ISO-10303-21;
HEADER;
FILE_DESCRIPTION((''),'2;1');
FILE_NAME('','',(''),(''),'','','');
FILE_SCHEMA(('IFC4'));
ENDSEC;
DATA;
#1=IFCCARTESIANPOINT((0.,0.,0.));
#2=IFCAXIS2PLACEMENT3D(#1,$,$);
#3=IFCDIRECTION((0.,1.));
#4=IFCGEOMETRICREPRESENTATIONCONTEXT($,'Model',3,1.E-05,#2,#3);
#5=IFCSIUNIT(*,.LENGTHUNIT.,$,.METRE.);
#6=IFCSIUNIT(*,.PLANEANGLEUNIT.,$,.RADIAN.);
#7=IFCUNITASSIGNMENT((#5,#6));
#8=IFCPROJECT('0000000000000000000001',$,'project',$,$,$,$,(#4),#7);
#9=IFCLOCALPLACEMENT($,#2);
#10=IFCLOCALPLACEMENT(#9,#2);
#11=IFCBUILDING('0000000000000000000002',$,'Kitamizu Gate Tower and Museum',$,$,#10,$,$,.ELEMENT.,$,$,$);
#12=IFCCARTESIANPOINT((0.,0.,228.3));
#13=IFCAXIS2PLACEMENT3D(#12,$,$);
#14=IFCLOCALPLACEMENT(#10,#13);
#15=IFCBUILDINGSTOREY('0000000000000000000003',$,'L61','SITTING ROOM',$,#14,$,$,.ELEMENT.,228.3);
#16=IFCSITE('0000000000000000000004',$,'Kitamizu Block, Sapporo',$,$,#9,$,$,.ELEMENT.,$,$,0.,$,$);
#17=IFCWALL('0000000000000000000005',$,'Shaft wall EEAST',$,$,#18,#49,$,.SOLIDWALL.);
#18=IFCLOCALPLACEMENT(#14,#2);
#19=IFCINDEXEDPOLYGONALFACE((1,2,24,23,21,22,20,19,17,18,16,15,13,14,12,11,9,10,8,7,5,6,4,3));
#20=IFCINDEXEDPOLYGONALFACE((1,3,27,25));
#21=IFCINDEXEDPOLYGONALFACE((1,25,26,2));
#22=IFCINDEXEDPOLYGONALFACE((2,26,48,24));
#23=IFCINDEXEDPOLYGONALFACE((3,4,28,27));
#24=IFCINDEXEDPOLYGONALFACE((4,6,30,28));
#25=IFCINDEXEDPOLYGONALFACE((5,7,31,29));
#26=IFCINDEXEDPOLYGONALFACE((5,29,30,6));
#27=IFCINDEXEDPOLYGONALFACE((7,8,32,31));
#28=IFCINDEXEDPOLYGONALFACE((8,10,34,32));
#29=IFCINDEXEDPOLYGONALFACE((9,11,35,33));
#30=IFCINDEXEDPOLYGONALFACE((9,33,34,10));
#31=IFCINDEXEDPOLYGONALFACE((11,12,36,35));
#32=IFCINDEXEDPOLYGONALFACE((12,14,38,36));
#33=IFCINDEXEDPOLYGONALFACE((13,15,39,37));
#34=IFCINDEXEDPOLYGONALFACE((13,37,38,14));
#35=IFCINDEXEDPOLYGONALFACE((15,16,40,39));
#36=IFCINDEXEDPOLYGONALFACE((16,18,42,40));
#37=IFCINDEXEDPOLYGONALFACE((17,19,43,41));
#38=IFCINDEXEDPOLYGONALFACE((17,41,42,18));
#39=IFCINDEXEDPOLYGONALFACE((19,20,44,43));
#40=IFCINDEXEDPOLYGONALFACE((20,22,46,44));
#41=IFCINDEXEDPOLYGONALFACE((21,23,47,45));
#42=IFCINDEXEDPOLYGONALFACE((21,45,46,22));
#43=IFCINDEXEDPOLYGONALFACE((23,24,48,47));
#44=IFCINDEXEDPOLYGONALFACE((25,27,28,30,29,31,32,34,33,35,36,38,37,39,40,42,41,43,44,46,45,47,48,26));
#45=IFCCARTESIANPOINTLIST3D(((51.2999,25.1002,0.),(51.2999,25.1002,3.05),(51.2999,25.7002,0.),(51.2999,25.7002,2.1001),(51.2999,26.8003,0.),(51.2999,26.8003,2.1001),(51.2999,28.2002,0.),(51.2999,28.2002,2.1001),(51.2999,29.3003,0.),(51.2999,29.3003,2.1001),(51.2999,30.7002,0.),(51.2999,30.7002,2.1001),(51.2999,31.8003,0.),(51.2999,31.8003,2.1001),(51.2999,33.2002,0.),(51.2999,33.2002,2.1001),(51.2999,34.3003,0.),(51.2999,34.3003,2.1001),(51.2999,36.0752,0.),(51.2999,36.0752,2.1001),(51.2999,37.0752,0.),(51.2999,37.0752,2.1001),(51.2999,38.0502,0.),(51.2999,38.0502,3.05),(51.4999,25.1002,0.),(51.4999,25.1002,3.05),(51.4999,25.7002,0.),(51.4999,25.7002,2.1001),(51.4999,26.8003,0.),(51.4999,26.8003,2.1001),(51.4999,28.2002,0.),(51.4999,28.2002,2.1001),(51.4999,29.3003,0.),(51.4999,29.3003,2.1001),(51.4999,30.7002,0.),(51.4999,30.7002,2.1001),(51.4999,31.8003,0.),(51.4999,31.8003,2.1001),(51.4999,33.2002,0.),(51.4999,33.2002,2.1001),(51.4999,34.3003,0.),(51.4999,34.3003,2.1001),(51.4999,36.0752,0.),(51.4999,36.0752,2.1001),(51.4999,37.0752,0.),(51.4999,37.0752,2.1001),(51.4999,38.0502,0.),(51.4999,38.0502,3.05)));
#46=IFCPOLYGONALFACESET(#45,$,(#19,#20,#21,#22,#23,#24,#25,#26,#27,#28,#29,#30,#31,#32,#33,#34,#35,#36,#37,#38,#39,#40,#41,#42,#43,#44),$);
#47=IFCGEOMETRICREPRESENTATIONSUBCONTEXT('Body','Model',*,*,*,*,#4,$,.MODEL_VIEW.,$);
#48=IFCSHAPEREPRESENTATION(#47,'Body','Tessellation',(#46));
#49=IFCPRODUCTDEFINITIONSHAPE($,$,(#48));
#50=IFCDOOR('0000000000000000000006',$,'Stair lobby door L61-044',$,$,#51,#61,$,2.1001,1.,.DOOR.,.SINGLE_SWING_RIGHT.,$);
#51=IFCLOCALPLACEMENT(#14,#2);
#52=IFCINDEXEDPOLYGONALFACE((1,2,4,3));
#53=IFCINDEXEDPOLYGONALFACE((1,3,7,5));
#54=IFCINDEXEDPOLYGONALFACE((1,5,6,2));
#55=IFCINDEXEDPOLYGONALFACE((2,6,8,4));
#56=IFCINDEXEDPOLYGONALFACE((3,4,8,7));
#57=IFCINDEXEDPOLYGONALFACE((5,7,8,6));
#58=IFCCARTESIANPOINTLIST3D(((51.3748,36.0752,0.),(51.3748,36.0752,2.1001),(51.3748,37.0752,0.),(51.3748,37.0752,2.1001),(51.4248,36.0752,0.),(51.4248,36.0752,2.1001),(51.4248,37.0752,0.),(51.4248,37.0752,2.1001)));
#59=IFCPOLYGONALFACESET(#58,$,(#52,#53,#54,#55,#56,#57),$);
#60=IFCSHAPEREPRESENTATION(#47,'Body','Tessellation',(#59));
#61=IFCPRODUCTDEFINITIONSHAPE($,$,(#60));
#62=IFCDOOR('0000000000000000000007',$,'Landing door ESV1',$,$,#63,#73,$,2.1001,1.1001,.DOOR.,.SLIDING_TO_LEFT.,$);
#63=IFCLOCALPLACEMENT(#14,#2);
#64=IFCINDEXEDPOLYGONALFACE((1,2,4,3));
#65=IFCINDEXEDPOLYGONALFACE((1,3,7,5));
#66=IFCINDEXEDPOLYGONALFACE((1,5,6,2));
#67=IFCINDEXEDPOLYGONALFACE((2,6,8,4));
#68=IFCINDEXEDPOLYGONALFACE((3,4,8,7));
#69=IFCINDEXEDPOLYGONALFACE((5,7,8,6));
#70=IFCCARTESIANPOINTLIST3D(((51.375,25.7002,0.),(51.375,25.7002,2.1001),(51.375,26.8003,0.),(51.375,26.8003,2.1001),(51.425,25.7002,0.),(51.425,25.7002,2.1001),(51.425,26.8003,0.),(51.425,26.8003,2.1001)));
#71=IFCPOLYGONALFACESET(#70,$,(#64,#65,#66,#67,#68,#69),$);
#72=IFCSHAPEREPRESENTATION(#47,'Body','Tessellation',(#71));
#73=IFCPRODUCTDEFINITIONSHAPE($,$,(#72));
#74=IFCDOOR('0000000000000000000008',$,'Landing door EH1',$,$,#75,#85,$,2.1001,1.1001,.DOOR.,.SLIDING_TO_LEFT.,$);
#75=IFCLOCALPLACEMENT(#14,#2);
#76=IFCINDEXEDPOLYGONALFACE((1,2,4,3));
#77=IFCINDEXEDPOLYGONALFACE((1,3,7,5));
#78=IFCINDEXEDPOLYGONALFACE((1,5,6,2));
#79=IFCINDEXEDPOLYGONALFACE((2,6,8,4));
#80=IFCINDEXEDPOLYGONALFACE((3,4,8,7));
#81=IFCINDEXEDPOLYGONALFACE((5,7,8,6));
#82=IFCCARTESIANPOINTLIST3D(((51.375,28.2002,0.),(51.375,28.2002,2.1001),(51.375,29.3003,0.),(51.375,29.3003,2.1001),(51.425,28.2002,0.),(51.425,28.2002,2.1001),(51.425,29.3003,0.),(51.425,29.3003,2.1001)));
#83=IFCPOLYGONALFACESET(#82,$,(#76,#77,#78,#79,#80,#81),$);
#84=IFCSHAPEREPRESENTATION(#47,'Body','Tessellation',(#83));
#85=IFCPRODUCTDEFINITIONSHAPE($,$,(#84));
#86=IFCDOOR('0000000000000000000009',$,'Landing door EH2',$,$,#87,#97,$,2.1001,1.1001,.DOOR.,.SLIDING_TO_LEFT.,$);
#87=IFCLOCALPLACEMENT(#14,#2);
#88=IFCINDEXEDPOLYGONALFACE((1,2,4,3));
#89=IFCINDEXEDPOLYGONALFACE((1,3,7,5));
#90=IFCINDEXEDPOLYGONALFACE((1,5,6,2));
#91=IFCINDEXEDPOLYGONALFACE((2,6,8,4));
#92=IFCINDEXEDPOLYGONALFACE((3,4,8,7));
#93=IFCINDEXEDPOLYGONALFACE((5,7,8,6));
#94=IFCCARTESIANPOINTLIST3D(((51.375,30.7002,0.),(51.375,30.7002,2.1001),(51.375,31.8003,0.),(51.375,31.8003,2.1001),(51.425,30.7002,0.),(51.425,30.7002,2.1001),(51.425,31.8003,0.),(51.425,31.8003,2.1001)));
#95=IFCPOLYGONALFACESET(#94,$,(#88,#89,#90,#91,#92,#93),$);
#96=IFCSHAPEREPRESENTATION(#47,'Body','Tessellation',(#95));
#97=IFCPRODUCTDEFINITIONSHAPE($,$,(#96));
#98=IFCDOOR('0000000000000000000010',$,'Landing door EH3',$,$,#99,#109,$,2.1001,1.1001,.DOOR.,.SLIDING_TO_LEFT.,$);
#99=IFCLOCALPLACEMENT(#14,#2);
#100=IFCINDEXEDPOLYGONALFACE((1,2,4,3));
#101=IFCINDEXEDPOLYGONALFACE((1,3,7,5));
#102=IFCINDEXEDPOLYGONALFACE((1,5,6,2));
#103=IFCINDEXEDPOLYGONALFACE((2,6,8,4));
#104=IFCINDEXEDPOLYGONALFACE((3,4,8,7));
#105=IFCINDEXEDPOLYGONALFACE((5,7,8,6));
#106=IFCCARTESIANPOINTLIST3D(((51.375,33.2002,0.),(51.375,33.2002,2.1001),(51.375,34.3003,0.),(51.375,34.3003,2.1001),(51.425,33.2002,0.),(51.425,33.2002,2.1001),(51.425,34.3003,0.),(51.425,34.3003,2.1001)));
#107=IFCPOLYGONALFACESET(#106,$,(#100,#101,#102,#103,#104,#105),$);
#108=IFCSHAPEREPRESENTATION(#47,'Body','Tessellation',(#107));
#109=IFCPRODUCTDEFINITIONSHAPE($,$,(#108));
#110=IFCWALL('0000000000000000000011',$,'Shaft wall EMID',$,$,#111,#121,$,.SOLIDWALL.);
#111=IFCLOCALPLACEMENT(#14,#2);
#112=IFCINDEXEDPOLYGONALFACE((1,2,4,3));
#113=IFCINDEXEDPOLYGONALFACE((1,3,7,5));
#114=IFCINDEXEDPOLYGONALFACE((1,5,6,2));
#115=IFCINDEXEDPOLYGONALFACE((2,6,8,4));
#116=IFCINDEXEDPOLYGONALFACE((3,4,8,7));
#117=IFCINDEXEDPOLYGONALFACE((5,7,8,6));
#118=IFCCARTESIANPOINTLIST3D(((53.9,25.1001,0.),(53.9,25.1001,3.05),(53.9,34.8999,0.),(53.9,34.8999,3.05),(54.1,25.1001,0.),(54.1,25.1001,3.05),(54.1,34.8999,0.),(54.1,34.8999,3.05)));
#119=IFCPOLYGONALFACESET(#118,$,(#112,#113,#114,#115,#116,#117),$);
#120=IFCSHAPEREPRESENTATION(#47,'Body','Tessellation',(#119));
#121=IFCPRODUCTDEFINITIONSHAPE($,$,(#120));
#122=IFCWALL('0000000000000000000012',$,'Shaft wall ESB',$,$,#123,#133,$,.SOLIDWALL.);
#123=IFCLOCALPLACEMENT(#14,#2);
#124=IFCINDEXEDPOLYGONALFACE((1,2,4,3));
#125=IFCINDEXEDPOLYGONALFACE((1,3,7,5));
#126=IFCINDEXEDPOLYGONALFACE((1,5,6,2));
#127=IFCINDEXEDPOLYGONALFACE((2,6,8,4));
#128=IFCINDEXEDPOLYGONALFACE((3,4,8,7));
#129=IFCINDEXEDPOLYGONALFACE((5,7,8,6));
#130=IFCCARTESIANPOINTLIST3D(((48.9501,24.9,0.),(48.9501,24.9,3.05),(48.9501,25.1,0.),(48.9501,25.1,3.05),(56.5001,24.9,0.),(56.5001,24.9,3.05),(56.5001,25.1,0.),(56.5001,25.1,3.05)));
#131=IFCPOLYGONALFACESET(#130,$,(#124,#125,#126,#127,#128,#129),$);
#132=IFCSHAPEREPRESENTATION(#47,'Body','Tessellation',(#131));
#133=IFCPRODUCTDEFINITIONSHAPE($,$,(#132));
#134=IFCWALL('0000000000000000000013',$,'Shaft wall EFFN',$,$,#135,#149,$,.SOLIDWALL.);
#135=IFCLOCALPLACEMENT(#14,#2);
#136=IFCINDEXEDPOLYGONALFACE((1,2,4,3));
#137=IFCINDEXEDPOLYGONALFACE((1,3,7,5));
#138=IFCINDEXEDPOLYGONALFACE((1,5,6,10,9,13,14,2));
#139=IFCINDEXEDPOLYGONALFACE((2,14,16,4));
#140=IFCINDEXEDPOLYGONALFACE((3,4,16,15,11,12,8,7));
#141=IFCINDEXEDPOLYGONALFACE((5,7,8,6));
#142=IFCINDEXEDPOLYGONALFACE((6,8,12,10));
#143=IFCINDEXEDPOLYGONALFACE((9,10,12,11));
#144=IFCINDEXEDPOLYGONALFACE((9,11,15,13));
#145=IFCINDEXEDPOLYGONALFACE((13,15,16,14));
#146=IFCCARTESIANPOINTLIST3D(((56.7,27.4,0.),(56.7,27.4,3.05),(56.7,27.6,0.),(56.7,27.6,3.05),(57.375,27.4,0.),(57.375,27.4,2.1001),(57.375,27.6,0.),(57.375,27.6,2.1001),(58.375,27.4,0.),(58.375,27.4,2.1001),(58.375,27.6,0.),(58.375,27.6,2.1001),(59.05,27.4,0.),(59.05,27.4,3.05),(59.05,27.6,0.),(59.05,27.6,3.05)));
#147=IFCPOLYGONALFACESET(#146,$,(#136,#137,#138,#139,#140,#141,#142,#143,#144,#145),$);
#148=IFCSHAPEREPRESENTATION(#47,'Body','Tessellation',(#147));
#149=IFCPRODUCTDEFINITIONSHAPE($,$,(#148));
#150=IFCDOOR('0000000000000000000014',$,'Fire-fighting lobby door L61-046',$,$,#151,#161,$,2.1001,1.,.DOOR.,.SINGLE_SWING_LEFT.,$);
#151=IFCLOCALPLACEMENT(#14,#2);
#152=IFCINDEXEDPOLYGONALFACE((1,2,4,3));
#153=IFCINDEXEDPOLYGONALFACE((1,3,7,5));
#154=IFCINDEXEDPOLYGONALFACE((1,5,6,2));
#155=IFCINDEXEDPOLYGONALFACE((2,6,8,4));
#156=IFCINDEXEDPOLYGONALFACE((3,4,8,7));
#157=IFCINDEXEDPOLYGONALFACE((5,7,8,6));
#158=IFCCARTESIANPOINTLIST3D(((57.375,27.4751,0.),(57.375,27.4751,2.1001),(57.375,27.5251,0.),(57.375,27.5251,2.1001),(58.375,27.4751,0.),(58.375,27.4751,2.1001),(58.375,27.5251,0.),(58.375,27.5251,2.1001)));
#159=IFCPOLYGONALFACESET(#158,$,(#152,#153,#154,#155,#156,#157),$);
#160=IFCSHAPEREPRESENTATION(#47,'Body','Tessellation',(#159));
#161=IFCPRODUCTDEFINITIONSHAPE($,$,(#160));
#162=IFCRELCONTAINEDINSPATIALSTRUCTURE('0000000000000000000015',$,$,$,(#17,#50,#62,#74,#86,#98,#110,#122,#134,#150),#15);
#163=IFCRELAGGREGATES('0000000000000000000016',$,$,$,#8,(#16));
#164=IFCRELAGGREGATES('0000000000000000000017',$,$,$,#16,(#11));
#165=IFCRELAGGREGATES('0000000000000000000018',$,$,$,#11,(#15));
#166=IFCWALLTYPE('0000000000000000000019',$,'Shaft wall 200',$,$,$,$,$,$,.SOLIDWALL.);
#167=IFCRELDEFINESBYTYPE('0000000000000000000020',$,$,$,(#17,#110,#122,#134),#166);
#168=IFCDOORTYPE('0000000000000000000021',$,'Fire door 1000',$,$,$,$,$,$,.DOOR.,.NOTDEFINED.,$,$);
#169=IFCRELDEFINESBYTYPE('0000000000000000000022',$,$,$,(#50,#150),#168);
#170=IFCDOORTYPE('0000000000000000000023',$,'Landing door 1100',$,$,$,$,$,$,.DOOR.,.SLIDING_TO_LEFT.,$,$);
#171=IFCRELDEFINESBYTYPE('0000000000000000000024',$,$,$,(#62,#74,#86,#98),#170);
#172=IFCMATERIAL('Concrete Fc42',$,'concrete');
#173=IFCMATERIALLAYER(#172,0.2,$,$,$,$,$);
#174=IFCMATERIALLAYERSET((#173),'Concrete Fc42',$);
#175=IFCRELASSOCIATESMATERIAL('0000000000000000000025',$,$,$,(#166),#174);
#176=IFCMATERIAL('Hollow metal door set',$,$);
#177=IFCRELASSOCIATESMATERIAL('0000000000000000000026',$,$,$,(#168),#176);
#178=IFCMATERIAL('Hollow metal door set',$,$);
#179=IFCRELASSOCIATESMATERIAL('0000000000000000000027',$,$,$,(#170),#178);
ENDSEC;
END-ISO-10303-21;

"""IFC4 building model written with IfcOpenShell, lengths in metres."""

from ifc_helpers import new_model, si_unit, direction, frame, frame_2d, origin, place, context, subcontext, project, spatial, rectangle, extrude, material, layer, layer_set, type_object, element, fill, save


model = new_model("IFC4")

# Units and contexts
model_context = context("Model", 3, precision=1e-05, world=origin(), true_north=direction((0.0, 1.0)))
body_context = subcontext(model_context, "Body", "Model", "MODEL_VIEW")
ifc_project = project(units=[si_unit("LENGTHUNIT", "METRE"), si_unit("PLANEANGLEUNIT", "RADIAN")], contexts=[model_context])

# Site, building, storey
site_placement = place(None, origin())
site = spatial("IfcSite", under=ifc_project, at=site_placement, Name="Kitamizu Block, Sapporo", CompositionType="ELEMENT", RefElevation=0.0)
building_placement = place(site_placement, origin())
building = spatial("IfcBuilding", under=site, at=building_placement, Name="Kitamizu Gate Tower and Museum", CompositionType="ELEMENT")
storey_placement = place(building_placement, frame((0.0, 0.0, 228.3)))
storey = spatial("IfcBuildingStorey", under=building, at=storey_placement, Name="L61", Description="SITTING ROOM", CompositionType="ELEMENT", Elevation=228.3)

# Wall, openings, doors
ifc_material_1 = material(Name="Concrete Fc42", Category="concrete")
ifc_layer_1 = layer(ifc_material_1, 0.2)
ifc_layer_set_1 = layer_set([ifc_layer_1], Name="Concrete Fc42")
wall_type_1 = type_object("IfcWallType", Name="Shaft wall 200", PredefinedType="SOLIDWALL", material=ifc_layer_set_1)
ifc_material_2 = material(Name="Hollow metal door set")
door_type_1 = type_object("IfcDoorType", Name="Fire door 1000", OperationType="NOTDEFINED", PredefinedType="DOOR", material=ifc_material_2)
ifc_material_3 = material(Name="Hollow metal door set")
door_type_2 = type_object("IfcDoorType", Name="Landing door 1100", OperationType="SLIDING_TO_LEFT", PredefinedType="DOOR", material=ifc_material_3)
wall_1_placement = place(storey_placement, frame((51.3999, 25.1001, 0.0), z_axis=(0.0, 0.0, 1.0), x_axis=(0.0, 1.0, 0.0)))
wall_1 = element("IfcWall", 1, at=wall_1_placement, inside=storey, type_object=wall_type_1, Name="Shaft wall EEAST", PredefinedType="SOLIDWALL", context=body_context, shape_type="SweptSolid", body=[
    extrude(rectangle(XDim=12.95, YDim=0.2, at=frame_2d((6.4751, 0.0))), origin(), (0.0, 0.0, 1.0), 3.05),
])
opening_1_placement = place(wall_1_placement, frame((0.6001, 0.0, 0.0)))
opening_1 = element("IfcOpeningElement", 2, at=opening_1_placement, cuts=wall_1, PredefinedType="OPENING", context=body_context, shape_type="SweptSolid", body=[
    extrude(rectangle(XDim=1.1001, YDim=2.1001, at=frame_2d((0.55, 1.05))), frame((0.0, 0.1099, 0.0), z_axis=(0.0, -1.0, 0.0), x_axis=(1.0, 0.0, 0.0)), (0.0, 0.0, 1.0), 0.22),
])
opening_2_placement = place(wall_1_placement, frame((3.1001, 0.0, 0.0)))
opening_2 = element("IfcOpeningElement", 3, at=opening_2_placement, cuts=wall_1, PredefinedType="OPENING", context=body_context, shape_type="SweptSolid", body=[
    extrude(rectangle(XDim=1.1001, YDim=2.1001, at=frame_2d((0.55, 1.05))), frame((0.0, 0.1099, 0.0), z_axis=(0.0, -1.0, 0.0), x_axis=(1.0, 0.0, 0.0)), (0.0, 0.0, 1.0), 0.22),
])
opening_3_placement = place(wall_1_placement, frame((5.6001, 0.0, 0.0)))
opening_3 = element("IfcOpeningElement", 4, at=opening_3_placement, cuts=wall_1, PredefinedType="OPENING", context=body_context, shape_type="SweptSolid", body=[
    extrude(rectangle(XDim=1.1001, YDim=2.1001, at=frame_2d((0.55, 1.05))), frame((0.0, 0.1099, 0.0), z_axis=(0.0, -1.0, 0.0), x_axis=(1.0, 0.0, 0.0)), (0.0, 0.0, 1.0), 0.22),
])
opening_4_placement = place(wall_1_placement, frame((8.1001, 0.0, 0.0)))
opening_4 = element("IfcOpeningElement", 5, at=opening_4_placement, cuts=wall_1, PredefinedType="OPENING", context=body_context, shape_type="SweptSolid", body=[
    extrude(rectangle(XDim=1.1001, YDim=2.1001, at=frame_2d((0.55, 1.05))), frame((0.0, 0.1099, 0.0), z_axis=(0.0, -1.0, 0.0), x_axis=(1.0, 0.0, 0.0)), (0.0, 0.0, 1.0), 0.22),
])
opening_5_placement = place(wall_1_placement, frame((10.9751, 0.0, 0.0)))
opening_5 = element("IfcOpeningElement", 6, at=opening_5_placement, cuts=wall_1, PredefinedType="OPENING", context=body_context, shape_type="SweptSolid", body=[
    extrude(rectangle(XDim=1.0, YDim=2.1001, at=frame_2d((0.5, 1.05))), frame((0.0, 0.1099, 0.0), z_axis=(0.0, -1.0, 0.0), x_axis=(1.0, 0.0, 0.0)), (0.0, 0.0, 1.0), 0.22),
])
door_1_placement = place(opening_5_placement, frame((1.0, 0.0, 0.0), x_axis=(-1.0, 0.0, 0.0)))
door_1 = element("IfcDoor", 7, at=door_1_placement, inside=storey, type_object=door_type_1, Name="Stair lobby door L61-044", OperationType="SINGLE_SWING_RIGHT", OverallHeight=2.1001, OverallWidth=1.0, PredefinedType="DOOR", context=body_context, shape_type="SweptSolid", body=[
    extrude(rectangle(XDim=1.0, YDim=2.1001, at=frame_2d((0.5, 1.05))), frame((0.0, 0.0249, 0.0), z_axis=(0.0, -1.0, 0.0), x_axis=(1.0, 0.0, 0.0)), (0.0, 0.0, 1.0), 0.05),
])
fill(opening_5, door_1)
door_2_placement = place(opening_1_placement, origin())
door_2 = element("IfcDoor", 8, at=door_2_placement, inside=storey, type_object=door_type_2, Name="Landing door ESV1", OperationType="SLIDING_TO_LEFT", OverallHeight=2.1001, OverallWidth=1.1001, PredefinedType="DOOR", context=body_context, shape_type="SweptSolid", body=[
    extrude(rectangle(XDim=1.1001, YDim=2.1001, at=frame_2d((0.55, 1.05))), frame((0.0, 0.0249, 0.0), z_axis=(0.0, -1.0, 0.0), x_axis=(1.0, 0.0, 0.0)), (0.0, 0.0, 1.0), 0.05),
])
fill(opening_1, door_2)
door_3_placement = place(opening_2_placement, origin())
door_3 = element("IfcDoor", 9, at=door_3_placement, inside=storey, type_object=door_type_2, Name="Landing door EH1", OperationType="SLIDING_TO_LEFT", OverallHeight=2.1001, OverallWidth=1.1001, PredefinedType="DOOR", context=body_context, shape_type="SweptSolid", body=[
    extrude(rectangle(XDim=1.1001, YDim=2.1001, at=frame_2d((0.55, 1.05))), frame((0.0, 0.0249, 0.0), z_axis=(0.0, -1.0, 0.0), x_axis=(1.0, 0.0, 0.0)), (0.0, 0.0, 1.0), 0.05),
])
fill(opening_2, door_3)
door_4_placement = place(opening_3_placement, origin())
door_4 = element("IfcDoor", 10, at=door_4_placement, inside=storey, type_object=door_type_2, Name="Landing door EH2", OperationType="SLIDING_TO_LEFT", OverallHeight=2.1001, OverallWidth=1.1001, PredefinedType="DOOR", context=body_context, shape_type="SweptSolid", body=[
    extrude(rectangle(XDim=1.1001, YDim=2.1001, at=frame_2d((0.55, 1.05))), frame((0.0, 0.0249, 0.0), z_axis=(0.0, -1.0, 0.0), x_axis=(1.0, 0.0, 0.0)), (0.0, 0.0, 1.0), 0.05),
])
fill(opening_3, door_4)
door_5_placement = place(opening_4_placement, origin())
door_5 = element("IfcDoor", 11, at=door_5_placement, inside=storey, type_object=door_type_2, Name="Landing door EH3", OperationType="SLIDING_TO_LEFT", OverallHeight=2.1001, OverallWidth=1.1001, PredefinedType="DOOR", context=body_context, shape_type="SweptSolid", body=[
    extrude(rectangle(XDim=1.1001, YDim=2.1001, at=frame_2d((0.55, 1.05))), frame((0.0, 0.0249, 0.0), z_axis=(0.0, -1.0, 0.0), x_axis=(1.0, 0.0, 0.0)), (0.0, 0.0, 1.0), 0.05),
])
fill(opening_4, door_5)

# Walls
wall_2_placement = place(storey_placement, frame((54.0, 25.1001, 0.0), z_axis=(0.0, 0.0, 1.0), x_axis=(0.0, 1.0, 0.0)))
element("IfcWall", 12, at=wall_2_placement, inside=storey, type_object=wall_type_1, Name="Shaft wall EMID", PredefinedType="SOLIDWALL", context=body_context, shape_type="SweptSolid", body=[
    extrude(rectangle(XDim=9.7998, YDim=0.2, at=frame_2d((4.8999, 0.0))), origin(), (0.0, 0.0, 1.0), 3.05),
])
wall_3_placement = place(storey_placement, frame((56.5, 25.0, 0.0), z_axis=(0.0, 0.0, 1.0), x_axis=(-1.0, 0.0, 0.0)))
element("IfcWall", 13, at=wall_3_placement, inside=storey, type_object=wall_type_1, Name="Shaft wall ESB", PredefinedType="SOLIDWALL", context=body_context, shape_type="SweptSolid", body=[
    extrude(rectangle(XDim=7.55, YDim=0.2, at=frame_2d((3.7749, 0.0))), origin(), (0.0, 0.0, 1.0), 3.05),
])

# Wall, opening, door
wall_4_placement = place(storey_placement, frame((59.05, 27.5, 0.0), z_axis=(0.0, 0.0, 1.0), x_axis=(-1.0, 0.0, 0.0)))
wall_4 = element("IfcWall", 14, at=wall_4_placement, inside=storey, type_object=wall_type_1, Name="Shaft wall EFFN", PredefinedType="SOLIDWALL", context=body_context, shape_type="SweptSolid", body=[
    extrude(rectangle(XDim=2.3501, YDim=0.2, at=frame_2d((1.175, 0.0))), origin(), (0.0, 0.0, 1.0), 3.05),
])
opening_6_placement = place(wall_4_placement, frame((0.675, 0.0, 0.0)))
opening_6 = element("IfcOpeningElement", 15, at=opening_6_placement, cuts=wall_4, PredefinedType="OPENING", context=body_context, shape_type="SweptSolid", body=[
    extrude(rectangle(XDim=1.0, YDim=2.1001, at=frame_2d((0.5, 1.05))), frame((0.0, 0.1099, 0.0), z_axis=(0.0, -1.0, 0.0), x_axis=(1.0, 0.0, 0.0)), (0.0, 0.0, 1.0), 0.22),
])
door_6_placement = place(opening_6_placement, origin())
door_6 = element("IfcDoor", 16, at=door_6_placement, inside=storey, type_object=door_type_1, Name="Fire-fighting lobby door L61-046", OperationType="SINGLE_SWING_LEFT", OverallHeight=2.1001, OverallWidth=1.0, PredefinedType="DOOR", context=body_context, shape_type="SweptSolid", body=[
    extrude(rectangle(XDim=1.0, YDim=2.1001, at=frame_2d((0.5, 1.05))), frame((0.0, 0.0249, 0.0), z_axis=(0.0, -1.0, 0.0), x_axis=(1.0, 0.0, 0.0)), (0.0, 0.0, 1.0), 0.05),
])
fill(opening_6, door_6)

save(model, "model.ifc")
